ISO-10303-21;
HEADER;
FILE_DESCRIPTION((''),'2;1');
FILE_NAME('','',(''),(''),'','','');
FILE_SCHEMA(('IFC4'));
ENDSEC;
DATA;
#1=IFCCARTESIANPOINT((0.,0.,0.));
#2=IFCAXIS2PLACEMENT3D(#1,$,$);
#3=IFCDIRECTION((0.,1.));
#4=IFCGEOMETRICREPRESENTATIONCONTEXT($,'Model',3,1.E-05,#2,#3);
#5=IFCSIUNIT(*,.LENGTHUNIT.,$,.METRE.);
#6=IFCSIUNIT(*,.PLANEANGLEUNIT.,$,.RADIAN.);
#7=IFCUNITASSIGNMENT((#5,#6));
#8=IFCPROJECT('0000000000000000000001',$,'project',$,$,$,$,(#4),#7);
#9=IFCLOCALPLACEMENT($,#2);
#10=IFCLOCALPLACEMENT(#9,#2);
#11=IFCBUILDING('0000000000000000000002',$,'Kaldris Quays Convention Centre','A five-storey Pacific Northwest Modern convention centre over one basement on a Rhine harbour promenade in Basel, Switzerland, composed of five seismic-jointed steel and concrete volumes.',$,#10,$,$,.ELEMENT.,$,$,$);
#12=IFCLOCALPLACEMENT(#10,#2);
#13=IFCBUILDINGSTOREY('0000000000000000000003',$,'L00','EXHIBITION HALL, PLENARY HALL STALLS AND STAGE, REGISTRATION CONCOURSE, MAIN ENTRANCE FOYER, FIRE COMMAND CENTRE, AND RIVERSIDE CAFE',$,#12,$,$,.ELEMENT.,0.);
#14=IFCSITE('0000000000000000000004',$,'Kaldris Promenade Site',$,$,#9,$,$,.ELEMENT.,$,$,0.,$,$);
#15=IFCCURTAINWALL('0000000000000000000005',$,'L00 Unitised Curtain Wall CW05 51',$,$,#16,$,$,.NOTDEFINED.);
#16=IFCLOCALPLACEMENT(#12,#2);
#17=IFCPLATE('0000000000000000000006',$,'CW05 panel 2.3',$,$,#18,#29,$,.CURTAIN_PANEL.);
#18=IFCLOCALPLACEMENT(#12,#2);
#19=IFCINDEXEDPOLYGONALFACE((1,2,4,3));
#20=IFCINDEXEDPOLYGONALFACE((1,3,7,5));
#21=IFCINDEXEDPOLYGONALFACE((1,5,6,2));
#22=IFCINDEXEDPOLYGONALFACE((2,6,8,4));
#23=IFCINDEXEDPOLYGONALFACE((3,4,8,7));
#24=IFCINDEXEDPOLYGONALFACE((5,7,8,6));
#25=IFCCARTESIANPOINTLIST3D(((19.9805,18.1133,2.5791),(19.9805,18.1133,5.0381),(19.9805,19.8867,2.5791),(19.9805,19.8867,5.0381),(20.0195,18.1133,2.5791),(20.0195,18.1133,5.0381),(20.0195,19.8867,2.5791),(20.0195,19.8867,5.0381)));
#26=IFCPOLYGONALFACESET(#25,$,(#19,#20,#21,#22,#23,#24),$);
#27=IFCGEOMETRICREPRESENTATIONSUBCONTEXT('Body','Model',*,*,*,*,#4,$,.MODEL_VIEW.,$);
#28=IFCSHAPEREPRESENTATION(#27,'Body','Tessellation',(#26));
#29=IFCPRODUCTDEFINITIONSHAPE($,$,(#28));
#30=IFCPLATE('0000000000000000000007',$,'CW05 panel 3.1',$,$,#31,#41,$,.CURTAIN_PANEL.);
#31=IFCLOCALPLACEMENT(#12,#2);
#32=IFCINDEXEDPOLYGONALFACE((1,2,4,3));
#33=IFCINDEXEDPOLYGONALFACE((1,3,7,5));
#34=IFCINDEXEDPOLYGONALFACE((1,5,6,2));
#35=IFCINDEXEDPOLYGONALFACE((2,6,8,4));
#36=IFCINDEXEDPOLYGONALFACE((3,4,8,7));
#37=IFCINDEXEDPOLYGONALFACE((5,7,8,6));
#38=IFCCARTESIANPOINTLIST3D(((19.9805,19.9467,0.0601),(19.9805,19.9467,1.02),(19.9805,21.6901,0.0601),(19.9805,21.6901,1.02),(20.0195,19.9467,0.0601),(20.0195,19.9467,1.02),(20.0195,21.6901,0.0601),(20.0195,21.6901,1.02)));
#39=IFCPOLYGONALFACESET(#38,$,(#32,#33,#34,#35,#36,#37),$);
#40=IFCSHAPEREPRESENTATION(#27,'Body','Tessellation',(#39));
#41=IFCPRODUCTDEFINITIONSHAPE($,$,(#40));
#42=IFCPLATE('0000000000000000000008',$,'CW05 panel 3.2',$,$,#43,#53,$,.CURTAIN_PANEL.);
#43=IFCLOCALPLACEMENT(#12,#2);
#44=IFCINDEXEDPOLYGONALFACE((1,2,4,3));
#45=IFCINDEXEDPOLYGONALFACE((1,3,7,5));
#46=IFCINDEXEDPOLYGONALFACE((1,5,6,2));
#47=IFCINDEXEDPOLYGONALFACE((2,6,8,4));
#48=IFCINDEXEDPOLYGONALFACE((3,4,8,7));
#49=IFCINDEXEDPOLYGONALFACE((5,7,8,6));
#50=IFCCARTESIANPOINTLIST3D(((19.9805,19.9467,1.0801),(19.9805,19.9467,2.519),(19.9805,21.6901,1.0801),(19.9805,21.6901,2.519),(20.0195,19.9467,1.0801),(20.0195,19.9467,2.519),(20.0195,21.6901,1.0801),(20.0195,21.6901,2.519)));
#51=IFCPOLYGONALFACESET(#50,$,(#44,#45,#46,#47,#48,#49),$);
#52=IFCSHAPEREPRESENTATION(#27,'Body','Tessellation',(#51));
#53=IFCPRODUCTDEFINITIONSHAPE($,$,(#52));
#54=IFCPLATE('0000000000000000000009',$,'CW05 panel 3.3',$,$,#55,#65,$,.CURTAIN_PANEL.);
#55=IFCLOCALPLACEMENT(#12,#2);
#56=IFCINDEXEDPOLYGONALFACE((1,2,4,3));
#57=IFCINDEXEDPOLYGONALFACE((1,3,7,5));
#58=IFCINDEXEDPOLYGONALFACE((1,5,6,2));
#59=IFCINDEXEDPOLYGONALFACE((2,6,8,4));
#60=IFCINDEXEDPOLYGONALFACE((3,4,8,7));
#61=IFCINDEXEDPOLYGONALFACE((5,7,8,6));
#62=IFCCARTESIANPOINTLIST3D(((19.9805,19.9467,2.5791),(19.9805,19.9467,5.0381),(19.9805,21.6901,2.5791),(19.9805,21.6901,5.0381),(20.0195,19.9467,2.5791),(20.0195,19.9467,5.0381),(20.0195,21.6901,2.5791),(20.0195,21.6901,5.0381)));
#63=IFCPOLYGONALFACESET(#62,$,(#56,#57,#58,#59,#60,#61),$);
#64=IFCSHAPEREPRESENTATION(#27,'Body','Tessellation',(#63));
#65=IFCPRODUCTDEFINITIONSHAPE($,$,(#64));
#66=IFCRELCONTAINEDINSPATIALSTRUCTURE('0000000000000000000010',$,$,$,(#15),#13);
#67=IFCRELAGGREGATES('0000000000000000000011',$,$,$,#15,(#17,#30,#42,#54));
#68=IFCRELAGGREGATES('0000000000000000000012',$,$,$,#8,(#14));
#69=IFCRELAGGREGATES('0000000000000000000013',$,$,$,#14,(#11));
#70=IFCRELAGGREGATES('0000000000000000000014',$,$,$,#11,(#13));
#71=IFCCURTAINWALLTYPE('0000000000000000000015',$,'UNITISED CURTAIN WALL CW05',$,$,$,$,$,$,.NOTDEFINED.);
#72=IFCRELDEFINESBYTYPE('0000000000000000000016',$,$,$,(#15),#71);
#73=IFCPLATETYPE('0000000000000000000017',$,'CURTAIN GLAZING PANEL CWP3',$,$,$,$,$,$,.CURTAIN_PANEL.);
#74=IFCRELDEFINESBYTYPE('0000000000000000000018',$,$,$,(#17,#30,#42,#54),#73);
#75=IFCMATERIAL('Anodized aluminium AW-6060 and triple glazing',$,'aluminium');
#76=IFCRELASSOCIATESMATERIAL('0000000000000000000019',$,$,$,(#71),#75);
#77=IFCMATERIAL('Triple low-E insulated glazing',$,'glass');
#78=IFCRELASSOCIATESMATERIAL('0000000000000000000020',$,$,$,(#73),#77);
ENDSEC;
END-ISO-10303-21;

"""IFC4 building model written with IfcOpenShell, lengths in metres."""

from ifc_helpers import new_model, si_unit, direction, frame, origin, origin_2d, place, context, subcontext, project, spatial, rectangle, extrude, material, type_object, element, aggregate, save


model = new_model("IFC4")

# Units and contexts
model_context = context("Model", 3, precision=1e-05, world=origin(), true_north=direction((0.0, 1.0)))
body_context = subcontext(model_context, "Body", "Model", "MODEL_VIEW")
ifc_project = project(units=[si_unit("LENGTHUNIT", "METRE"), si_unit("PLANEANGLEUNIT", "RADIAN")], contexts=[model_context])

# Site, building, storey
site_placement = place(None, origin())
site = spatial("IfcSite", under=ifc_project, at=site_placement, Name="Kaldris Promenade Site", CompositionType="ELEMENT", RefElevation=0.0)
building_placement = place(site_placement, origin())
building = spatial("IfcBuilding", under=site, at=building_placement, Name="Kaldris Quays Convention Centre", Description="A five-storey Pacific Northwest Modern convention centre over one basement on a Rhine harbour promenade in Basel, Switzerland, composed of five seismic-jointed steel and concrete volumes.", CompositionType="ELEMENT")
storey_placement = place(building_placement, origin())
storey = spatial("IfcBuildingStorey", under=building, at=storey_placement, Name="L00", Description="EXHIBITION HALL, PLENARY HALL STALLS AND STAGE, REGISTRATION CONCOURSE, MAIN ENTRANCE FOYER, FIRE COMMAND CENTRE, AND RIVERSIDE CAFE", CompositionType="ELEMENT", Elevation=0.0)

# Curtain wall
ifc_material_1 = material(Name="Anodized aluminium AW-6060 and triple glazing", Category="aluminium")
curtain_wall_type = type_object("IfcCurtainWallType", Name="UNITISED CURTAIN WALL CW05", PredefinedType="NOTDEFINED", material=ifc_material_1)
curtain_wall_1_placement = place(storey_placement, origin())
curtain_wall_1 = element("IfcCurtainWall", 1, at=curtain_wall_1_placement, inside=storey, type_object=curtain_wall_type, Name="L00 Unitised Curtain Wall CW05 51", PredefinedType="NOTDEFINED")

# Plates
ifc_material_2 = material(Name="Triple low-E insulated glazing", Category="glass")
plate_type = type_object("IfcPlateType", Name="CURTAIN GLAZING PANEL CWP3", PredefinedType="CURTAIN_PANEL", material=ifc_material_2)
plate_1_placement = place(storey_placement, frame((20.0, 19.0, 2.5791), z_axis=(0.0, 0.0, 1.0), x_axis=(0.0, 1.0, 0.0)))
plate_1 = element("IfcPlate", 2, at=plate_1_placement, type_object=plate_type, Name="CW05 panel 2.3", PredefinedType="CURTAIN_PANEL", context=body_context, shape_type="SweptSolid", body=[
    extrude(rectangle(XDim=1.7734, YDim=0.0391, at=origin_2d()), origin(), (0.0, 0.0, 1.0), 2.459),
])
plate_2_placement = place(storey_placement, frame((20.0, 20.8184, 0.0601), z_axis=(0.0, 0.0, 1.0), x_axis=(0.0, 1.0, 0.0)))
plate_2 = element("IfcPlate", 3, at=plate_2_placement, type_object=plate_type, Name="CW05 panel 3.1", PredefinedType="CURTAIN_PANEL", context=body_context, shape_type="SweptSolid", body=[
    extrude(rectangle(XDim=1.7434, YDim=0.0391, at=origin_2d()), origin(), (0.0, 0.0, 1.0), 0.96),
])
plate_3_placement = place(storey_placement, frame((20.0, 20.8184, 1.0801), z_axis=(0.0, 0.0, 1.0), x_axis=(0.0, 1.0, 0.0)))
plate_3 = element("IfcPlate", 4, at=plate_3_placement, type_object=plate_type, Name="CW05 panel 3.2", PredefinedType="CURTAIN_PANEL", context=body_context, shape_type="SweptSolid", body=[
    extrude(rectangle(XDim=1.7434, YDim=0.0391, at=origin_2d()), origin(), (0.0, 0.0, 1.0), 1.439),
])
plate_4_placement = place(storey_placement, frame((20.0, 20.8184, 2.5791), z_axis=(0.0, 0.0, 1.0), x_axis=(0.0, 1.0, 0.0)))
plate_4 = element("IfcPlate", 5, at=plate_4_placement, type_object=plate_type, Name="CW05 panel 3.3", PredefinedType="CURTAIN_PANEL", context=body_context, shape_type="SweptSolid", body=[
    extrude(rectangle(XDim=1.7434, YDim=0.0391, at=origin_2d()), origin(), (0.0, 0.0, 1.0), 2.459),
])
aggregate(curtain_wall_1, [plate_1, plate_2, plate_3, plate_4])

save(model, "model.ifc")
